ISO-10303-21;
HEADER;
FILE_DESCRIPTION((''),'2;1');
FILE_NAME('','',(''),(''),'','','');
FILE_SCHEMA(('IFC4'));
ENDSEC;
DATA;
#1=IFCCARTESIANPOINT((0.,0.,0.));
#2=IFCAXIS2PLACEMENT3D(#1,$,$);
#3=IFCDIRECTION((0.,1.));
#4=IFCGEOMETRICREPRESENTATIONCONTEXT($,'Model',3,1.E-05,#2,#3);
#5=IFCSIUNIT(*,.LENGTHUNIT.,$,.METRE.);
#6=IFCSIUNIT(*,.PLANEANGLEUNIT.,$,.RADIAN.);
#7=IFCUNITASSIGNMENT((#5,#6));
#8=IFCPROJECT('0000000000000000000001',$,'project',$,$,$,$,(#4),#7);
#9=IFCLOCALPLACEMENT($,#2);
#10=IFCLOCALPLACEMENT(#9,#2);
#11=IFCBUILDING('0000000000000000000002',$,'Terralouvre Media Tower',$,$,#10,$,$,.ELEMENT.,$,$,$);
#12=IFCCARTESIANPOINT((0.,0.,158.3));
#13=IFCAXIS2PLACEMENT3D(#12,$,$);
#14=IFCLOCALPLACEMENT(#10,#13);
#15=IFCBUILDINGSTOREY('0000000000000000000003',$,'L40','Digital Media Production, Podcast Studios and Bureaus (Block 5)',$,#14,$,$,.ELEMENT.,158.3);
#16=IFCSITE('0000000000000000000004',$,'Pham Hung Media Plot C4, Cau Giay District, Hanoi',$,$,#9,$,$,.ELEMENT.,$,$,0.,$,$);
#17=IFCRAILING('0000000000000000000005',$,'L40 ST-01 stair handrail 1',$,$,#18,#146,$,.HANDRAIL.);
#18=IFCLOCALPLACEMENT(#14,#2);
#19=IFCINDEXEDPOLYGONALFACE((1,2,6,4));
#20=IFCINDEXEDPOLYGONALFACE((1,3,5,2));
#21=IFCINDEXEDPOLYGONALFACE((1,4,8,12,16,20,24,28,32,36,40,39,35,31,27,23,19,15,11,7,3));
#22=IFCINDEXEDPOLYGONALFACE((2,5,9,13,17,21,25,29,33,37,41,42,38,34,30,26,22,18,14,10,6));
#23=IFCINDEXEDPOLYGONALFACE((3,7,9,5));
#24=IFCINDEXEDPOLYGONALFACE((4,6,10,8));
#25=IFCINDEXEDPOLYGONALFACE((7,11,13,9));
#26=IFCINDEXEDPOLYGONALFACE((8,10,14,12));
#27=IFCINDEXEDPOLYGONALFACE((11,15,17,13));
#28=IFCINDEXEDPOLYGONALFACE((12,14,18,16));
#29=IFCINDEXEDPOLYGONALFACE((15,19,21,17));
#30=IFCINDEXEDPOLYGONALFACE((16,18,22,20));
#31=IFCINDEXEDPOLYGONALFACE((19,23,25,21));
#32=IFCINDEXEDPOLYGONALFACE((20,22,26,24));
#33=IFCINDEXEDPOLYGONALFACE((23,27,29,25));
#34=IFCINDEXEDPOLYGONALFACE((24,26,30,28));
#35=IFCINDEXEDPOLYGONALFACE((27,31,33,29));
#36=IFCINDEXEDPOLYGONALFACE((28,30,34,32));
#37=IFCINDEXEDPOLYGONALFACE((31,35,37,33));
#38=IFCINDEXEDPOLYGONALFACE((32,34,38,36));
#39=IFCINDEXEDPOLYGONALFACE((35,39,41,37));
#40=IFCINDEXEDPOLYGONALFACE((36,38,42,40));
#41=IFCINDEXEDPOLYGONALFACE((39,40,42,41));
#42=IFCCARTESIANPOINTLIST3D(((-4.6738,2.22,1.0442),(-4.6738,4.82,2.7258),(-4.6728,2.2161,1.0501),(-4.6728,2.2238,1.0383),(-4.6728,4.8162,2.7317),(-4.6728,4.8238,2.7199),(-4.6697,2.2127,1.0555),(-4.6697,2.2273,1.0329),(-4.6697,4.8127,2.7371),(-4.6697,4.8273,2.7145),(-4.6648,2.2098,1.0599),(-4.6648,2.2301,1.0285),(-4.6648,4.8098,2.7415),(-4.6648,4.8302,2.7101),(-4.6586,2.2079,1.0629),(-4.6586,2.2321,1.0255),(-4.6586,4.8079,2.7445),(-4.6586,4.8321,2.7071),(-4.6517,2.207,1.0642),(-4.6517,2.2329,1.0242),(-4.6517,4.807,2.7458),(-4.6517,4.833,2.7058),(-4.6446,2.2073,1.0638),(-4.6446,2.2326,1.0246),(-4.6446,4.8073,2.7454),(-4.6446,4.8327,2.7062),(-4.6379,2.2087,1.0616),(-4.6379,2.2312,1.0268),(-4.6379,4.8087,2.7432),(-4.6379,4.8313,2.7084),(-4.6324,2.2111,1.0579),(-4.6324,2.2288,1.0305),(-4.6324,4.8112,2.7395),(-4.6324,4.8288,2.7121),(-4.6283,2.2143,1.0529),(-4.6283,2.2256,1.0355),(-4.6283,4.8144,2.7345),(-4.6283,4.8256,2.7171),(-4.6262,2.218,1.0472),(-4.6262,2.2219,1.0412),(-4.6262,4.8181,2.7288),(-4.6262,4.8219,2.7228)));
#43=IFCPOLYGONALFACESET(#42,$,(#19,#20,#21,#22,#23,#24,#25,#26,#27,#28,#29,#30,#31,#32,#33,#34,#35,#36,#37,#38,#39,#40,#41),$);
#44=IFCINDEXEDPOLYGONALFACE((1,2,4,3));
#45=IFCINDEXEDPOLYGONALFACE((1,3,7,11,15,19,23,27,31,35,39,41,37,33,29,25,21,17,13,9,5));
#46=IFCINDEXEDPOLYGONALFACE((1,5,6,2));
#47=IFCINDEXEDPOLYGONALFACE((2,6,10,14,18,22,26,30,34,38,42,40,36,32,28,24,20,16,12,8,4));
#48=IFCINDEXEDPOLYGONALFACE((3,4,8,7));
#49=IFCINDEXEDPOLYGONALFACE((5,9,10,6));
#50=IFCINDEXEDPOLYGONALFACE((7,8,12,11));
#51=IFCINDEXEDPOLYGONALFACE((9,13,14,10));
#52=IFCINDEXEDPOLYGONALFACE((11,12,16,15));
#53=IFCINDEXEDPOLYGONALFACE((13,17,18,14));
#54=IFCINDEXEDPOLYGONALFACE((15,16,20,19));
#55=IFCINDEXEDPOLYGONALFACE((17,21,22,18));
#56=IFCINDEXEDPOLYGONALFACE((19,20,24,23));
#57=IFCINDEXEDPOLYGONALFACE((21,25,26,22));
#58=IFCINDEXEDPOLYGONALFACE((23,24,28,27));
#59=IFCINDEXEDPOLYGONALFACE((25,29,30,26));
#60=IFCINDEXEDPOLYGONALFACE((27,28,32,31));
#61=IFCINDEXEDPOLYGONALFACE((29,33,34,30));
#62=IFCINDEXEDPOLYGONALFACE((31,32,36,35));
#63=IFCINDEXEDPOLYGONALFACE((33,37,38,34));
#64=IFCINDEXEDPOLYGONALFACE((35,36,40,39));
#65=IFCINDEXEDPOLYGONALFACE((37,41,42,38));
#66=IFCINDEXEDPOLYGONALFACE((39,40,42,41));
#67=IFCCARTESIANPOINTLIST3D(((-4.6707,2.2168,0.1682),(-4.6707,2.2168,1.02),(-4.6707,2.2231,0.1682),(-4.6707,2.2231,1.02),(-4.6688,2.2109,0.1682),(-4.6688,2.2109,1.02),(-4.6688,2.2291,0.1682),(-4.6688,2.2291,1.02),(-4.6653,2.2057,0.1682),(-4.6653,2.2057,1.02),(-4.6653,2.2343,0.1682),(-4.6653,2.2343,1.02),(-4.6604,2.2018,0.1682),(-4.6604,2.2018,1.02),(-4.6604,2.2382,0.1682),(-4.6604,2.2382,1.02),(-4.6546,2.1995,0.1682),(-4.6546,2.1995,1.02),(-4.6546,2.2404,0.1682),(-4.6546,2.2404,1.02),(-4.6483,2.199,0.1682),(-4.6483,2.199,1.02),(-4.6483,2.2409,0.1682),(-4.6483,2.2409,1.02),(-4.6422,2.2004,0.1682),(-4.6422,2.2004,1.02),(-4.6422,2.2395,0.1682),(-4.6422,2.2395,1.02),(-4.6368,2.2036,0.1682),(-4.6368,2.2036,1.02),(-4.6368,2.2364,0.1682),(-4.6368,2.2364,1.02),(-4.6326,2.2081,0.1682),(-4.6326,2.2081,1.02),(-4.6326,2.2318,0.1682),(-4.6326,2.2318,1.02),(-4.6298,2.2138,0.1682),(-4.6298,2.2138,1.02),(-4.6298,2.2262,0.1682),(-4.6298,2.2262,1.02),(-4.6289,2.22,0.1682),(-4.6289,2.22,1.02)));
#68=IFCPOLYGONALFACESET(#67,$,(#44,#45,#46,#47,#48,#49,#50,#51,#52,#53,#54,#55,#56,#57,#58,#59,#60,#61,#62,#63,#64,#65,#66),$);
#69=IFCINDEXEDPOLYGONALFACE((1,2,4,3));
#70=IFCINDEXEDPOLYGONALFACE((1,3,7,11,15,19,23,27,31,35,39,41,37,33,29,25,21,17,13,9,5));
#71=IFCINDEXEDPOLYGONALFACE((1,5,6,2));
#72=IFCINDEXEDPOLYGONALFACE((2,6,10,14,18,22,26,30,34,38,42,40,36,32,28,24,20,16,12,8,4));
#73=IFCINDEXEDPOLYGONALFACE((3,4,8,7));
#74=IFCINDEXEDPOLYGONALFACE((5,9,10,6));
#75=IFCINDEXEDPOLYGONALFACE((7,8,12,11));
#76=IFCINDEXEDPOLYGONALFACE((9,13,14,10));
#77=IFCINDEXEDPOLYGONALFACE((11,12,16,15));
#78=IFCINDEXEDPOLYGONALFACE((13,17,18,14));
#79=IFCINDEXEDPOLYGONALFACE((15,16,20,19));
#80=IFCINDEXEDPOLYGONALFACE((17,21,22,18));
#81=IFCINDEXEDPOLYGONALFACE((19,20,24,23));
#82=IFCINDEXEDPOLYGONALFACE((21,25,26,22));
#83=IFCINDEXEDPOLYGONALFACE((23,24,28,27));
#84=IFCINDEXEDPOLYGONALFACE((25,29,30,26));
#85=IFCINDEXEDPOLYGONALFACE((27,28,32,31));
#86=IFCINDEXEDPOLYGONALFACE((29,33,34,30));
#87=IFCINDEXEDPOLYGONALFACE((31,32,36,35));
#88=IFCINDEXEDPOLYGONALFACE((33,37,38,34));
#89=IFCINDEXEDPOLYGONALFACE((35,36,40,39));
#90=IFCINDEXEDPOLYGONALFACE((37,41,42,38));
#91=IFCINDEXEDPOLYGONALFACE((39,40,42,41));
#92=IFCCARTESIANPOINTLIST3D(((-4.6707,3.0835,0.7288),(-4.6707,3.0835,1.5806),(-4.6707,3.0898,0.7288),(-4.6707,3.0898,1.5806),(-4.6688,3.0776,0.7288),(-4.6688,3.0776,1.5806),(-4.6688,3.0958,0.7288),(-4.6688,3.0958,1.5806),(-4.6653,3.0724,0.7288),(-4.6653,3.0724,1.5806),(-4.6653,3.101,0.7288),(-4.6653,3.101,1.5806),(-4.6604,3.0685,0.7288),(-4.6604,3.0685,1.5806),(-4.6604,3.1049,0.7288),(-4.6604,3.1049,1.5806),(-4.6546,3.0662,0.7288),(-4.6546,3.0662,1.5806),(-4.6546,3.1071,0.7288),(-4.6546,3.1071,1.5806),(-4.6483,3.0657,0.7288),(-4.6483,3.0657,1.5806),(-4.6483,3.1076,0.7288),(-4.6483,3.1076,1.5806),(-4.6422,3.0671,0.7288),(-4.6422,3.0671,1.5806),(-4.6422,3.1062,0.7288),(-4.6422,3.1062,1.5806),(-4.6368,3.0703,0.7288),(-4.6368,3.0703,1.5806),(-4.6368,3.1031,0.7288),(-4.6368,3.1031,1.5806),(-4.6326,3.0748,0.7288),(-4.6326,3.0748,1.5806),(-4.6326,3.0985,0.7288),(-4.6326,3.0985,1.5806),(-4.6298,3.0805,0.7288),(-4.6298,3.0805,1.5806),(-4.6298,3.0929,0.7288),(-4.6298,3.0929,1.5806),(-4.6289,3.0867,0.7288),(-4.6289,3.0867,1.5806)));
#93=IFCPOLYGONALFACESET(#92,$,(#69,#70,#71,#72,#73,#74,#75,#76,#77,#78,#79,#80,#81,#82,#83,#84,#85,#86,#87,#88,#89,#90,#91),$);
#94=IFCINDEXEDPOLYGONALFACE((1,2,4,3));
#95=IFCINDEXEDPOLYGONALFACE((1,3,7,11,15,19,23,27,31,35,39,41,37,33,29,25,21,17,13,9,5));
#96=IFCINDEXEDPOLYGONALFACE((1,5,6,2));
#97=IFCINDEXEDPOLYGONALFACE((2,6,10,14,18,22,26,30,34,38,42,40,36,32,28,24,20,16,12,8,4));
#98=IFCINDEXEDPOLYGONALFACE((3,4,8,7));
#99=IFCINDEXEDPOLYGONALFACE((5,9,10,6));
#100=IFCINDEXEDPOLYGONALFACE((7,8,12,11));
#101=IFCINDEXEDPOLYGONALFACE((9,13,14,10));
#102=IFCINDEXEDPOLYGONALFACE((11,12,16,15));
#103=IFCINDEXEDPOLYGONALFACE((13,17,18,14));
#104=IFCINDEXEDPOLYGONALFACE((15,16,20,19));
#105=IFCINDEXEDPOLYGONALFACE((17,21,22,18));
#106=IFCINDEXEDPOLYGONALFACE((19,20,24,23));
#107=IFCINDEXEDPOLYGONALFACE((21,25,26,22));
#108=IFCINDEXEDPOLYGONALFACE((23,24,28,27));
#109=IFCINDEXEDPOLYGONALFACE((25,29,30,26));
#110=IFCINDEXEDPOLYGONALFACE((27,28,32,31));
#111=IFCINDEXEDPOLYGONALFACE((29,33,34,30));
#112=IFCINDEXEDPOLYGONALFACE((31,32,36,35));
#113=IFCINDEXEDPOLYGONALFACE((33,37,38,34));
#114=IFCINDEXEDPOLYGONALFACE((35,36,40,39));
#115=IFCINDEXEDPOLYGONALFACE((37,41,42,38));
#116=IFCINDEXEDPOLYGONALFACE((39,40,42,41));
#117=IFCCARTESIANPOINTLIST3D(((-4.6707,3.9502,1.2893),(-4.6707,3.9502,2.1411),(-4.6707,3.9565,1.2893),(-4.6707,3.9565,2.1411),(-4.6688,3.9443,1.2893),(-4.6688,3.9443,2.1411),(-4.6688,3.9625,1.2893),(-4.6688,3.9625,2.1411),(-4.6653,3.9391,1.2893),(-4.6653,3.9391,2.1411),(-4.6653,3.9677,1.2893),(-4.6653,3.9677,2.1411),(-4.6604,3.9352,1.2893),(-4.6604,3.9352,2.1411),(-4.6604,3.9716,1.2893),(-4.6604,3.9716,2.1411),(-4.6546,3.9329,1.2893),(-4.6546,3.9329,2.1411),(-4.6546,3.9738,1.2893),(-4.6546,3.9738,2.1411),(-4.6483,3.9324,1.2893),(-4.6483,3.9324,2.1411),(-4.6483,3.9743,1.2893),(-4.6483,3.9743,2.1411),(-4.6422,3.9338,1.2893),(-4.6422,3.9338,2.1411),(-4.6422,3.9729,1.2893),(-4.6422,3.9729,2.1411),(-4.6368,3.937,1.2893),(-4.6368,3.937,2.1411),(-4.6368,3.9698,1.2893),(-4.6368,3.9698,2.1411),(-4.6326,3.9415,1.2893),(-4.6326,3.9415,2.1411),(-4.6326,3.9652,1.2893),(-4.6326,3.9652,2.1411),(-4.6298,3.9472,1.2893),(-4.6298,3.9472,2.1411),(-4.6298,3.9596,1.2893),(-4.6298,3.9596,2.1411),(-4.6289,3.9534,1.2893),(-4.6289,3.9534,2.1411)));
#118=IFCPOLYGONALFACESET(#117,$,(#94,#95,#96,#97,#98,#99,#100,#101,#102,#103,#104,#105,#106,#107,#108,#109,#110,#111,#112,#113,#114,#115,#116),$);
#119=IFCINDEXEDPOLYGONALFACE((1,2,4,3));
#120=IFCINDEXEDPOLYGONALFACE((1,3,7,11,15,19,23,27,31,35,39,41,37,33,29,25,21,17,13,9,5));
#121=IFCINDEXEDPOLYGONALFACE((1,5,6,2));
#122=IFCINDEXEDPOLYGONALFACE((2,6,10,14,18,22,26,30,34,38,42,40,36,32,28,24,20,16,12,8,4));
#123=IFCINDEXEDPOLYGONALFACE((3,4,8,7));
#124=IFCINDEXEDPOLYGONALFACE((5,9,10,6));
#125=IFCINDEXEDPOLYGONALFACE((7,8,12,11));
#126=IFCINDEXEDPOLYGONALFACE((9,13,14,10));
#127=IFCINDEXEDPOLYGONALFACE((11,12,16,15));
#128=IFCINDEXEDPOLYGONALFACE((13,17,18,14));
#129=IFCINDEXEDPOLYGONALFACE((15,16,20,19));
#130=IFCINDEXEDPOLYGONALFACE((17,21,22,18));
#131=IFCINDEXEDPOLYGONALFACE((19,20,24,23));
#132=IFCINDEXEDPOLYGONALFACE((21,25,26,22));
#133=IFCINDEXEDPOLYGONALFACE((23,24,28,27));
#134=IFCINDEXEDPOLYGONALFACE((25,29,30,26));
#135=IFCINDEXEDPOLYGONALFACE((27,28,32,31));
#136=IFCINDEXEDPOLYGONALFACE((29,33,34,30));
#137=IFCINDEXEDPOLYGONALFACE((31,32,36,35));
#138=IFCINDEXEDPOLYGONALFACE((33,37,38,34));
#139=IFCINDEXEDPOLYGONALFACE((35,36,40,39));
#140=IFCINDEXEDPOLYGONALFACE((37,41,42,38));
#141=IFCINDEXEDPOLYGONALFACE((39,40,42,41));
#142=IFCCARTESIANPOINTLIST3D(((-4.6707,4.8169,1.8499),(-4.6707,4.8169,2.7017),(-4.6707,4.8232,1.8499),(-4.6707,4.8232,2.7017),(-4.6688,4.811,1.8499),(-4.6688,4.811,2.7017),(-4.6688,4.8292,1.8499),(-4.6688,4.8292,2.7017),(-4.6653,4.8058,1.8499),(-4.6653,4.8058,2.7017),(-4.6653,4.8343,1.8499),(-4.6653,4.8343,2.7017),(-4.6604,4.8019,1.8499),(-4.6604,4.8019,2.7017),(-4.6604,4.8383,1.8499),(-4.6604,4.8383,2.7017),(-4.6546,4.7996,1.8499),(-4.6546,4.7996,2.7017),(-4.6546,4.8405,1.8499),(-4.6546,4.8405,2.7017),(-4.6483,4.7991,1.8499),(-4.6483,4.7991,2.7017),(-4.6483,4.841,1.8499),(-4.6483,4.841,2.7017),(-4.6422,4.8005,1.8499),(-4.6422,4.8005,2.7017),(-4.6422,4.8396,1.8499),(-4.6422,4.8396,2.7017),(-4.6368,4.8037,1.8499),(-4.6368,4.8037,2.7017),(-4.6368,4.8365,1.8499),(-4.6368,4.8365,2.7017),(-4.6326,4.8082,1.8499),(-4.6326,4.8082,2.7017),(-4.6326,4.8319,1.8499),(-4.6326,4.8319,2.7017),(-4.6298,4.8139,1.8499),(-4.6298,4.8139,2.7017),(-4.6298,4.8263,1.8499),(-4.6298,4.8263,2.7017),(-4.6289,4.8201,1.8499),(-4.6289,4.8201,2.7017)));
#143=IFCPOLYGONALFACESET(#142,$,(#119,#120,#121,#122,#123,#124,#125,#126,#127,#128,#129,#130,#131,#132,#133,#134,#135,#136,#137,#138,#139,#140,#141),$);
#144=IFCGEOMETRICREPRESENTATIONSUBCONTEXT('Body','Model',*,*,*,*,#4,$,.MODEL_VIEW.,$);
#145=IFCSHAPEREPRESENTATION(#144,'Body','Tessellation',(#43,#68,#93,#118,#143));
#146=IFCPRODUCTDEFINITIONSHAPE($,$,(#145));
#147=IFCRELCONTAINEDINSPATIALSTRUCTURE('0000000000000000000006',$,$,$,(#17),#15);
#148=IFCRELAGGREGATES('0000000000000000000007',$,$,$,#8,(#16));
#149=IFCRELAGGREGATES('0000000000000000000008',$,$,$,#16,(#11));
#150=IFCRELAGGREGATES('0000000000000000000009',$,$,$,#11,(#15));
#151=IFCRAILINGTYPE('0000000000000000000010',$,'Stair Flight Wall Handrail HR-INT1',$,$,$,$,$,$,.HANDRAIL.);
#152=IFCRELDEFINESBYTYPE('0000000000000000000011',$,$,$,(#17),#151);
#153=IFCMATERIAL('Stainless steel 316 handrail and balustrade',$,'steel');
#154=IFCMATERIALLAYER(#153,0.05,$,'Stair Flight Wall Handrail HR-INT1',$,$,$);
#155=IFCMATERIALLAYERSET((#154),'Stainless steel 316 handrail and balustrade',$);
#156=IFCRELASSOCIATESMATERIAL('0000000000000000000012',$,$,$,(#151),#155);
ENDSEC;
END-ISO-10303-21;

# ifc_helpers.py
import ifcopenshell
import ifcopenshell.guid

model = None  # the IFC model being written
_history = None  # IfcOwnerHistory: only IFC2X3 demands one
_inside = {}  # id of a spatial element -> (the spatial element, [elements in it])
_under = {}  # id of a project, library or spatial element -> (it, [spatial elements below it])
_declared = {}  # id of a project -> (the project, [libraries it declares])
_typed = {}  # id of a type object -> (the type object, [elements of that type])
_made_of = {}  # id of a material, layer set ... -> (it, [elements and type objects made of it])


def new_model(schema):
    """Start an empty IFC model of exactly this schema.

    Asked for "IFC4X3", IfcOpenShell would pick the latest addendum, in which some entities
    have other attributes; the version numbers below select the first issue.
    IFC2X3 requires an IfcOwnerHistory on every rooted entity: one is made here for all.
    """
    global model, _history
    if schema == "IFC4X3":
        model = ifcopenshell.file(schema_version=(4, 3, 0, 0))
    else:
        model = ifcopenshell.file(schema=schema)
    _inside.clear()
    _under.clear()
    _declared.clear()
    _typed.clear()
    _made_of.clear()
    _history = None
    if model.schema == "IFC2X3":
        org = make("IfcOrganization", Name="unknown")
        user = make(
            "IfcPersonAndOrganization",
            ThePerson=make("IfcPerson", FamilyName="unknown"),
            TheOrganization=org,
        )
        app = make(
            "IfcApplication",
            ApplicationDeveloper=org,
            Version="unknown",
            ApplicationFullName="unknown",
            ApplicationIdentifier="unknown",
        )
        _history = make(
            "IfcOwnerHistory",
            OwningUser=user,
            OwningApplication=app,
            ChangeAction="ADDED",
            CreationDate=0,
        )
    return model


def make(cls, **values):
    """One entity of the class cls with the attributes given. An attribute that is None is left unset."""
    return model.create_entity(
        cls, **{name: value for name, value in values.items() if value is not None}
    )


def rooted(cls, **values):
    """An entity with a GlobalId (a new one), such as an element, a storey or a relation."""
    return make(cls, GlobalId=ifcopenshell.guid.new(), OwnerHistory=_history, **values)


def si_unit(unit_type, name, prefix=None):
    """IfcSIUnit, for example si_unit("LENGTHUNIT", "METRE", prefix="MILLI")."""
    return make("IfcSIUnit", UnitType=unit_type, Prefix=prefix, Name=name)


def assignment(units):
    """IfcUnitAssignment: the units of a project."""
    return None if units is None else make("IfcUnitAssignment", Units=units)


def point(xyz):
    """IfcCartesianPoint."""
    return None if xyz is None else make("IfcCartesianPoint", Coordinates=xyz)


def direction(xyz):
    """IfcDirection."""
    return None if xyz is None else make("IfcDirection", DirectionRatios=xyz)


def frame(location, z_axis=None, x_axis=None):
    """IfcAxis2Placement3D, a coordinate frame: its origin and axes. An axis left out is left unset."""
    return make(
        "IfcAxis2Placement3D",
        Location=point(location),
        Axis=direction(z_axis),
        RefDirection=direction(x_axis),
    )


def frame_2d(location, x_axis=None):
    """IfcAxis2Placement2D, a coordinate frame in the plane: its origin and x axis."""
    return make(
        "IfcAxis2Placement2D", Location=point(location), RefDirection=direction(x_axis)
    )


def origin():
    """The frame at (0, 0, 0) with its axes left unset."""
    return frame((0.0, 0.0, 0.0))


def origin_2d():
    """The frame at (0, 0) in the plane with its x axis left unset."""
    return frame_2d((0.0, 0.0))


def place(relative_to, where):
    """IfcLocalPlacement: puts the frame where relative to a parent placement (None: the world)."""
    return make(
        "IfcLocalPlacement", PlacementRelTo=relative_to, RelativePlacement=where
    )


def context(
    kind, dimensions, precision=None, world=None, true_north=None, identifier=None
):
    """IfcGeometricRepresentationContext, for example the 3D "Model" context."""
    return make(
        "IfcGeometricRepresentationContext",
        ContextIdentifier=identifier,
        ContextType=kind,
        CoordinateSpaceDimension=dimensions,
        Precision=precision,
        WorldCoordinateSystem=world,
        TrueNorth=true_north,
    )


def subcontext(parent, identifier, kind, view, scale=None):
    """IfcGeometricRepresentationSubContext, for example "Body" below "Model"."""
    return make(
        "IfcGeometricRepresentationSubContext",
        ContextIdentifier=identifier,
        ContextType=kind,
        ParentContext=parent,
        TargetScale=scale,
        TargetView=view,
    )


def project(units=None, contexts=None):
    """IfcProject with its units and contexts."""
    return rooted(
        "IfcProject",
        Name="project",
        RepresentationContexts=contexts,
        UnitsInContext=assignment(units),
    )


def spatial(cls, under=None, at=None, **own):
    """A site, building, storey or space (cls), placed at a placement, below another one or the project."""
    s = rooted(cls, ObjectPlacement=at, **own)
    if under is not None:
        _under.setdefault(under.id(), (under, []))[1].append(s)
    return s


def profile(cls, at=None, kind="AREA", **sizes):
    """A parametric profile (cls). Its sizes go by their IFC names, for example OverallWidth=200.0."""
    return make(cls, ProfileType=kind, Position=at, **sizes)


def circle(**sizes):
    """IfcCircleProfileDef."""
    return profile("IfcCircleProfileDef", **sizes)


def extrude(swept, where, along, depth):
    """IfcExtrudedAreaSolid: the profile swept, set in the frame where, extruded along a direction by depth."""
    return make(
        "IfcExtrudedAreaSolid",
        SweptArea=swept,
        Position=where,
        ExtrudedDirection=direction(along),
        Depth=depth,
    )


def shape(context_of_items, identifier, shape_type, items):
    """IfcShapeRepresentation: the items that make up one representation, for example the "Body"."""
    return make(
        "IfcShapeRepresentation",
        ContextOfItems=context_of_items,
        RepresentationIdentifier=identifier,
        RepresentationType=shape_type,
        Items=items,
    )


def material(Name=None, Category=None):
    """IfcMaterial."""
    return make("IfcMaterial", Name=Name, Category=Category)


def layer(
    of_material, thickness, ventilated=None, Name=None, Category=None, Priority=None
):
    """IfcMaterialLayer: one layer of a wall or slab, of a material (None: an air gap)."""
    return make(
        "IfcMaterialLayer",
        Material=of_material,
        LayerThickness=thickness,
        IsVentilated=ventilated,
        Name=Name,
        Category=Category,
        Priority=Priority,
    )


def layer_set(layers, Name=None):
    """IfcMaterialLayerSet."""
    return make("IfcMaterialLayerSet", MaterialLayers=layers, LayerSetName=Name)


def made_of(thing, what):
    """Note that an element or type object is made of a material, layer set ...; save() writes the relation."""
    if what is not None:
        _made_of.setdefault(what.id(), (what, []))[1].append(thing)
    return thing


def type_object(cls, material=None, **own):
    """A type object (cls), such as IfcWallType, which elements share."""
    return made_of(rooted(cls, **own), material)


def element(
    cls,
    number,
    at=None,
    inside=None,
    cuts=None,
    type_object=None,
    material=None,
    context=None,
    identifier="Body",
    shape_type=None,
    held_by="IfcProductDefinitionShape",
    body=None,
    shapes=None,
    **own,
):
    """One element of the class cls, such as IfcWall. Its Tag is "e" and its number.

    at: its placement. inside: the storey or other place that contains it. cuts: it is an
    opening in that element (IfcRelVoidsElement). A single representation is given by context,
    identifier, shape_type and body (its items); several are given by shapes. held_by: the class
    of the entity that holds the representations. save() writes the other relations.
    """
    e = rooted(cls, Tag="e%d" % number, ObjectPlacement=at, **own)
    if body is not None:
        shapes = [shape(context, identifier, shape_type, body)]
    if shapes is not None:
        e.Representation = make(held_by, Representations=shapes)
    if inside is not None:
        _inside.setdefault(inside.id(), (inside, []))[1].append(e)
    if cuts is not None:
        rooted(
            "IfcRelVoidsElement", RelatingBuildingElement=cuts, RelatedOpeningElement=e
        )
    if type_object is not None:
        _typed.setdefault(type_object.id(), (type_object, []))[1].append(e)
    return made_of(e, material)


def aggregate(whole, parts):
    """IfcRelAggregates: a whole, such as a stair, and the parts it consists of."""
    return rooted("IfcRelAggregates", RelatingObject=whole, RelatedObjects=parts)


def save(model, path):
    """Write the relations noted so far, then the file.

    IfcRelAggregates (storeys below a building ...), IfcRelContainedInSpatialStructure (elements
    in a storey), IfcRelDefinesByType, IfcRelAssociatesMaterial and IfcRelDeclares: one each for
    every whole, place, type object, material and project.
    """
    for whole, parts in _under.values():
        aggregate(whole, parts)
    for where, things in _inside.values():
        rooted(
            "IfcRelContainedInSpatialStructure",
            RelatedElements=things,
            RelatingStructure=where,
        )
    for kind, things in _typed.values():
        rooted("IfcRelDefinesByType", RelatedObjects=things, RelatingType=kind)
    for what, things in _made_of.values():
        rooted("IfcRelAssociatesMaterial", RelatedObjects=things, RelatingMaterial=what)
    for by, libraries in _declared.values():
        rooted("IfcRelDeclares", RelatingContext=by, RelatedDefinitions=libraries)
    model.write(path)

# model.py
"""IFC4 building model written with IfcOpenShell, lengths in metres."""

from ifc_helpers import new_model, si_unit, direction, frame, origin, origin_2d, place, context, subcontext, project, spatial, circle, extrude, material, layer, layer_set, type_object, element, save


model = new_model("IFC4")

# Units and contexts
model_context = context("Model", 3, precision=1e-05, world=origin(), true_north=direction((0.0, 1.0)))
body_context = subcontext(model_context, "Body", "Model", "MODEL_VIEW")
ifc_project = project(units=[si_unit("LENGTHUNIT", "METRE"), si_unit("PLANEANGLEUNIT", "RADIAN")], contexts=[model_context])

# Site, building, storey
site_placement = place(None, origin())
site = spatial("IfcSite", under=ifc_project, at=site_placement, Name="Pham Hung Media Plot C4, Cau Giay District, Hanoi", CompositionType="ELEMENT", RefElevation=0.0)
building_placement = place(site_placement, origin())
building = spatial("IfcBuilding", under=site, at=building_placement, Name="Terralouvre Media Tower", CompositionType="ELEMENT")
storey_placement = place(building_placement, frame((0.0, 0.0, 158.3)))
storey = spatial("IfcBuildingStorey", under=building, at=storey_placement, Name="L40", Description="Digital Media Production, Podcast Studios and Bureaus (Block 5)", CompositionType="ELEMENT", Elevation=158.3)

# Railing
ifc_material_1 = material(Name="Stainless steel 316 handrail and balustrade", Category="steel")
ifc_layer_1 = layer(ifc_material_1, 0.05, Name="Stair Flight Wall Handrail HR-INT1")
ifc_layer_set_1 = layer_set([ifc_layer_1], Name="Stainless steel 316 handrail and balustrade")
railing_type_1 = type_object("IfcRailingType", Name="Stair Flight Wall Handrail HR-INT1", PredefinedType="HANDRAIL", material=ifc_layer_set_1)
railing_1_placement = place(storey_placement, frame((-4.6499, 2.22, 0.1682)))
element("IfcRailing", 1, at=railing_1_placement, inside=storey, type_object=railing_type_1, Name="L40 ST-01 stair handrail 1", PredefinedType="HANDRAIL", context=body_context, shape_type="SweptSolid", body=[
    extrude(circle(Radius=0.0239, at=origin_2d()), frame((0.0, 0.0, 0.876), z_axis=(0.0, 0.839684, 0.543075), x_axis=(-1.0, 0.0, 0.0)), (0.0, 0.0, 1.0), 3.0964),
    extrude(circle(Radius=0.021, at=origin_2d()), origin(), (0.0, 0.0, 1.0), 0.8518),
    extrude(circle(Radius=0.021, at=origin_2d()), frame((0.0, 0.8667, 0.5605)), (0.0, 0.0, 1.0), 0.8518),
    extrude(circle(Radius=0.021, at=origin_2d()), frame((0.0, 1.7334, 1.1211)), (0.0, 0.0, 1.0), 0.8518),
    extrude(circle(Radius=0.021, at=origin_2d()), frame((0.0, 2.6001, 1.6816)), (0.0, 0.0, 1.0), 0.8518),
])

save(model, "model.ifc")
